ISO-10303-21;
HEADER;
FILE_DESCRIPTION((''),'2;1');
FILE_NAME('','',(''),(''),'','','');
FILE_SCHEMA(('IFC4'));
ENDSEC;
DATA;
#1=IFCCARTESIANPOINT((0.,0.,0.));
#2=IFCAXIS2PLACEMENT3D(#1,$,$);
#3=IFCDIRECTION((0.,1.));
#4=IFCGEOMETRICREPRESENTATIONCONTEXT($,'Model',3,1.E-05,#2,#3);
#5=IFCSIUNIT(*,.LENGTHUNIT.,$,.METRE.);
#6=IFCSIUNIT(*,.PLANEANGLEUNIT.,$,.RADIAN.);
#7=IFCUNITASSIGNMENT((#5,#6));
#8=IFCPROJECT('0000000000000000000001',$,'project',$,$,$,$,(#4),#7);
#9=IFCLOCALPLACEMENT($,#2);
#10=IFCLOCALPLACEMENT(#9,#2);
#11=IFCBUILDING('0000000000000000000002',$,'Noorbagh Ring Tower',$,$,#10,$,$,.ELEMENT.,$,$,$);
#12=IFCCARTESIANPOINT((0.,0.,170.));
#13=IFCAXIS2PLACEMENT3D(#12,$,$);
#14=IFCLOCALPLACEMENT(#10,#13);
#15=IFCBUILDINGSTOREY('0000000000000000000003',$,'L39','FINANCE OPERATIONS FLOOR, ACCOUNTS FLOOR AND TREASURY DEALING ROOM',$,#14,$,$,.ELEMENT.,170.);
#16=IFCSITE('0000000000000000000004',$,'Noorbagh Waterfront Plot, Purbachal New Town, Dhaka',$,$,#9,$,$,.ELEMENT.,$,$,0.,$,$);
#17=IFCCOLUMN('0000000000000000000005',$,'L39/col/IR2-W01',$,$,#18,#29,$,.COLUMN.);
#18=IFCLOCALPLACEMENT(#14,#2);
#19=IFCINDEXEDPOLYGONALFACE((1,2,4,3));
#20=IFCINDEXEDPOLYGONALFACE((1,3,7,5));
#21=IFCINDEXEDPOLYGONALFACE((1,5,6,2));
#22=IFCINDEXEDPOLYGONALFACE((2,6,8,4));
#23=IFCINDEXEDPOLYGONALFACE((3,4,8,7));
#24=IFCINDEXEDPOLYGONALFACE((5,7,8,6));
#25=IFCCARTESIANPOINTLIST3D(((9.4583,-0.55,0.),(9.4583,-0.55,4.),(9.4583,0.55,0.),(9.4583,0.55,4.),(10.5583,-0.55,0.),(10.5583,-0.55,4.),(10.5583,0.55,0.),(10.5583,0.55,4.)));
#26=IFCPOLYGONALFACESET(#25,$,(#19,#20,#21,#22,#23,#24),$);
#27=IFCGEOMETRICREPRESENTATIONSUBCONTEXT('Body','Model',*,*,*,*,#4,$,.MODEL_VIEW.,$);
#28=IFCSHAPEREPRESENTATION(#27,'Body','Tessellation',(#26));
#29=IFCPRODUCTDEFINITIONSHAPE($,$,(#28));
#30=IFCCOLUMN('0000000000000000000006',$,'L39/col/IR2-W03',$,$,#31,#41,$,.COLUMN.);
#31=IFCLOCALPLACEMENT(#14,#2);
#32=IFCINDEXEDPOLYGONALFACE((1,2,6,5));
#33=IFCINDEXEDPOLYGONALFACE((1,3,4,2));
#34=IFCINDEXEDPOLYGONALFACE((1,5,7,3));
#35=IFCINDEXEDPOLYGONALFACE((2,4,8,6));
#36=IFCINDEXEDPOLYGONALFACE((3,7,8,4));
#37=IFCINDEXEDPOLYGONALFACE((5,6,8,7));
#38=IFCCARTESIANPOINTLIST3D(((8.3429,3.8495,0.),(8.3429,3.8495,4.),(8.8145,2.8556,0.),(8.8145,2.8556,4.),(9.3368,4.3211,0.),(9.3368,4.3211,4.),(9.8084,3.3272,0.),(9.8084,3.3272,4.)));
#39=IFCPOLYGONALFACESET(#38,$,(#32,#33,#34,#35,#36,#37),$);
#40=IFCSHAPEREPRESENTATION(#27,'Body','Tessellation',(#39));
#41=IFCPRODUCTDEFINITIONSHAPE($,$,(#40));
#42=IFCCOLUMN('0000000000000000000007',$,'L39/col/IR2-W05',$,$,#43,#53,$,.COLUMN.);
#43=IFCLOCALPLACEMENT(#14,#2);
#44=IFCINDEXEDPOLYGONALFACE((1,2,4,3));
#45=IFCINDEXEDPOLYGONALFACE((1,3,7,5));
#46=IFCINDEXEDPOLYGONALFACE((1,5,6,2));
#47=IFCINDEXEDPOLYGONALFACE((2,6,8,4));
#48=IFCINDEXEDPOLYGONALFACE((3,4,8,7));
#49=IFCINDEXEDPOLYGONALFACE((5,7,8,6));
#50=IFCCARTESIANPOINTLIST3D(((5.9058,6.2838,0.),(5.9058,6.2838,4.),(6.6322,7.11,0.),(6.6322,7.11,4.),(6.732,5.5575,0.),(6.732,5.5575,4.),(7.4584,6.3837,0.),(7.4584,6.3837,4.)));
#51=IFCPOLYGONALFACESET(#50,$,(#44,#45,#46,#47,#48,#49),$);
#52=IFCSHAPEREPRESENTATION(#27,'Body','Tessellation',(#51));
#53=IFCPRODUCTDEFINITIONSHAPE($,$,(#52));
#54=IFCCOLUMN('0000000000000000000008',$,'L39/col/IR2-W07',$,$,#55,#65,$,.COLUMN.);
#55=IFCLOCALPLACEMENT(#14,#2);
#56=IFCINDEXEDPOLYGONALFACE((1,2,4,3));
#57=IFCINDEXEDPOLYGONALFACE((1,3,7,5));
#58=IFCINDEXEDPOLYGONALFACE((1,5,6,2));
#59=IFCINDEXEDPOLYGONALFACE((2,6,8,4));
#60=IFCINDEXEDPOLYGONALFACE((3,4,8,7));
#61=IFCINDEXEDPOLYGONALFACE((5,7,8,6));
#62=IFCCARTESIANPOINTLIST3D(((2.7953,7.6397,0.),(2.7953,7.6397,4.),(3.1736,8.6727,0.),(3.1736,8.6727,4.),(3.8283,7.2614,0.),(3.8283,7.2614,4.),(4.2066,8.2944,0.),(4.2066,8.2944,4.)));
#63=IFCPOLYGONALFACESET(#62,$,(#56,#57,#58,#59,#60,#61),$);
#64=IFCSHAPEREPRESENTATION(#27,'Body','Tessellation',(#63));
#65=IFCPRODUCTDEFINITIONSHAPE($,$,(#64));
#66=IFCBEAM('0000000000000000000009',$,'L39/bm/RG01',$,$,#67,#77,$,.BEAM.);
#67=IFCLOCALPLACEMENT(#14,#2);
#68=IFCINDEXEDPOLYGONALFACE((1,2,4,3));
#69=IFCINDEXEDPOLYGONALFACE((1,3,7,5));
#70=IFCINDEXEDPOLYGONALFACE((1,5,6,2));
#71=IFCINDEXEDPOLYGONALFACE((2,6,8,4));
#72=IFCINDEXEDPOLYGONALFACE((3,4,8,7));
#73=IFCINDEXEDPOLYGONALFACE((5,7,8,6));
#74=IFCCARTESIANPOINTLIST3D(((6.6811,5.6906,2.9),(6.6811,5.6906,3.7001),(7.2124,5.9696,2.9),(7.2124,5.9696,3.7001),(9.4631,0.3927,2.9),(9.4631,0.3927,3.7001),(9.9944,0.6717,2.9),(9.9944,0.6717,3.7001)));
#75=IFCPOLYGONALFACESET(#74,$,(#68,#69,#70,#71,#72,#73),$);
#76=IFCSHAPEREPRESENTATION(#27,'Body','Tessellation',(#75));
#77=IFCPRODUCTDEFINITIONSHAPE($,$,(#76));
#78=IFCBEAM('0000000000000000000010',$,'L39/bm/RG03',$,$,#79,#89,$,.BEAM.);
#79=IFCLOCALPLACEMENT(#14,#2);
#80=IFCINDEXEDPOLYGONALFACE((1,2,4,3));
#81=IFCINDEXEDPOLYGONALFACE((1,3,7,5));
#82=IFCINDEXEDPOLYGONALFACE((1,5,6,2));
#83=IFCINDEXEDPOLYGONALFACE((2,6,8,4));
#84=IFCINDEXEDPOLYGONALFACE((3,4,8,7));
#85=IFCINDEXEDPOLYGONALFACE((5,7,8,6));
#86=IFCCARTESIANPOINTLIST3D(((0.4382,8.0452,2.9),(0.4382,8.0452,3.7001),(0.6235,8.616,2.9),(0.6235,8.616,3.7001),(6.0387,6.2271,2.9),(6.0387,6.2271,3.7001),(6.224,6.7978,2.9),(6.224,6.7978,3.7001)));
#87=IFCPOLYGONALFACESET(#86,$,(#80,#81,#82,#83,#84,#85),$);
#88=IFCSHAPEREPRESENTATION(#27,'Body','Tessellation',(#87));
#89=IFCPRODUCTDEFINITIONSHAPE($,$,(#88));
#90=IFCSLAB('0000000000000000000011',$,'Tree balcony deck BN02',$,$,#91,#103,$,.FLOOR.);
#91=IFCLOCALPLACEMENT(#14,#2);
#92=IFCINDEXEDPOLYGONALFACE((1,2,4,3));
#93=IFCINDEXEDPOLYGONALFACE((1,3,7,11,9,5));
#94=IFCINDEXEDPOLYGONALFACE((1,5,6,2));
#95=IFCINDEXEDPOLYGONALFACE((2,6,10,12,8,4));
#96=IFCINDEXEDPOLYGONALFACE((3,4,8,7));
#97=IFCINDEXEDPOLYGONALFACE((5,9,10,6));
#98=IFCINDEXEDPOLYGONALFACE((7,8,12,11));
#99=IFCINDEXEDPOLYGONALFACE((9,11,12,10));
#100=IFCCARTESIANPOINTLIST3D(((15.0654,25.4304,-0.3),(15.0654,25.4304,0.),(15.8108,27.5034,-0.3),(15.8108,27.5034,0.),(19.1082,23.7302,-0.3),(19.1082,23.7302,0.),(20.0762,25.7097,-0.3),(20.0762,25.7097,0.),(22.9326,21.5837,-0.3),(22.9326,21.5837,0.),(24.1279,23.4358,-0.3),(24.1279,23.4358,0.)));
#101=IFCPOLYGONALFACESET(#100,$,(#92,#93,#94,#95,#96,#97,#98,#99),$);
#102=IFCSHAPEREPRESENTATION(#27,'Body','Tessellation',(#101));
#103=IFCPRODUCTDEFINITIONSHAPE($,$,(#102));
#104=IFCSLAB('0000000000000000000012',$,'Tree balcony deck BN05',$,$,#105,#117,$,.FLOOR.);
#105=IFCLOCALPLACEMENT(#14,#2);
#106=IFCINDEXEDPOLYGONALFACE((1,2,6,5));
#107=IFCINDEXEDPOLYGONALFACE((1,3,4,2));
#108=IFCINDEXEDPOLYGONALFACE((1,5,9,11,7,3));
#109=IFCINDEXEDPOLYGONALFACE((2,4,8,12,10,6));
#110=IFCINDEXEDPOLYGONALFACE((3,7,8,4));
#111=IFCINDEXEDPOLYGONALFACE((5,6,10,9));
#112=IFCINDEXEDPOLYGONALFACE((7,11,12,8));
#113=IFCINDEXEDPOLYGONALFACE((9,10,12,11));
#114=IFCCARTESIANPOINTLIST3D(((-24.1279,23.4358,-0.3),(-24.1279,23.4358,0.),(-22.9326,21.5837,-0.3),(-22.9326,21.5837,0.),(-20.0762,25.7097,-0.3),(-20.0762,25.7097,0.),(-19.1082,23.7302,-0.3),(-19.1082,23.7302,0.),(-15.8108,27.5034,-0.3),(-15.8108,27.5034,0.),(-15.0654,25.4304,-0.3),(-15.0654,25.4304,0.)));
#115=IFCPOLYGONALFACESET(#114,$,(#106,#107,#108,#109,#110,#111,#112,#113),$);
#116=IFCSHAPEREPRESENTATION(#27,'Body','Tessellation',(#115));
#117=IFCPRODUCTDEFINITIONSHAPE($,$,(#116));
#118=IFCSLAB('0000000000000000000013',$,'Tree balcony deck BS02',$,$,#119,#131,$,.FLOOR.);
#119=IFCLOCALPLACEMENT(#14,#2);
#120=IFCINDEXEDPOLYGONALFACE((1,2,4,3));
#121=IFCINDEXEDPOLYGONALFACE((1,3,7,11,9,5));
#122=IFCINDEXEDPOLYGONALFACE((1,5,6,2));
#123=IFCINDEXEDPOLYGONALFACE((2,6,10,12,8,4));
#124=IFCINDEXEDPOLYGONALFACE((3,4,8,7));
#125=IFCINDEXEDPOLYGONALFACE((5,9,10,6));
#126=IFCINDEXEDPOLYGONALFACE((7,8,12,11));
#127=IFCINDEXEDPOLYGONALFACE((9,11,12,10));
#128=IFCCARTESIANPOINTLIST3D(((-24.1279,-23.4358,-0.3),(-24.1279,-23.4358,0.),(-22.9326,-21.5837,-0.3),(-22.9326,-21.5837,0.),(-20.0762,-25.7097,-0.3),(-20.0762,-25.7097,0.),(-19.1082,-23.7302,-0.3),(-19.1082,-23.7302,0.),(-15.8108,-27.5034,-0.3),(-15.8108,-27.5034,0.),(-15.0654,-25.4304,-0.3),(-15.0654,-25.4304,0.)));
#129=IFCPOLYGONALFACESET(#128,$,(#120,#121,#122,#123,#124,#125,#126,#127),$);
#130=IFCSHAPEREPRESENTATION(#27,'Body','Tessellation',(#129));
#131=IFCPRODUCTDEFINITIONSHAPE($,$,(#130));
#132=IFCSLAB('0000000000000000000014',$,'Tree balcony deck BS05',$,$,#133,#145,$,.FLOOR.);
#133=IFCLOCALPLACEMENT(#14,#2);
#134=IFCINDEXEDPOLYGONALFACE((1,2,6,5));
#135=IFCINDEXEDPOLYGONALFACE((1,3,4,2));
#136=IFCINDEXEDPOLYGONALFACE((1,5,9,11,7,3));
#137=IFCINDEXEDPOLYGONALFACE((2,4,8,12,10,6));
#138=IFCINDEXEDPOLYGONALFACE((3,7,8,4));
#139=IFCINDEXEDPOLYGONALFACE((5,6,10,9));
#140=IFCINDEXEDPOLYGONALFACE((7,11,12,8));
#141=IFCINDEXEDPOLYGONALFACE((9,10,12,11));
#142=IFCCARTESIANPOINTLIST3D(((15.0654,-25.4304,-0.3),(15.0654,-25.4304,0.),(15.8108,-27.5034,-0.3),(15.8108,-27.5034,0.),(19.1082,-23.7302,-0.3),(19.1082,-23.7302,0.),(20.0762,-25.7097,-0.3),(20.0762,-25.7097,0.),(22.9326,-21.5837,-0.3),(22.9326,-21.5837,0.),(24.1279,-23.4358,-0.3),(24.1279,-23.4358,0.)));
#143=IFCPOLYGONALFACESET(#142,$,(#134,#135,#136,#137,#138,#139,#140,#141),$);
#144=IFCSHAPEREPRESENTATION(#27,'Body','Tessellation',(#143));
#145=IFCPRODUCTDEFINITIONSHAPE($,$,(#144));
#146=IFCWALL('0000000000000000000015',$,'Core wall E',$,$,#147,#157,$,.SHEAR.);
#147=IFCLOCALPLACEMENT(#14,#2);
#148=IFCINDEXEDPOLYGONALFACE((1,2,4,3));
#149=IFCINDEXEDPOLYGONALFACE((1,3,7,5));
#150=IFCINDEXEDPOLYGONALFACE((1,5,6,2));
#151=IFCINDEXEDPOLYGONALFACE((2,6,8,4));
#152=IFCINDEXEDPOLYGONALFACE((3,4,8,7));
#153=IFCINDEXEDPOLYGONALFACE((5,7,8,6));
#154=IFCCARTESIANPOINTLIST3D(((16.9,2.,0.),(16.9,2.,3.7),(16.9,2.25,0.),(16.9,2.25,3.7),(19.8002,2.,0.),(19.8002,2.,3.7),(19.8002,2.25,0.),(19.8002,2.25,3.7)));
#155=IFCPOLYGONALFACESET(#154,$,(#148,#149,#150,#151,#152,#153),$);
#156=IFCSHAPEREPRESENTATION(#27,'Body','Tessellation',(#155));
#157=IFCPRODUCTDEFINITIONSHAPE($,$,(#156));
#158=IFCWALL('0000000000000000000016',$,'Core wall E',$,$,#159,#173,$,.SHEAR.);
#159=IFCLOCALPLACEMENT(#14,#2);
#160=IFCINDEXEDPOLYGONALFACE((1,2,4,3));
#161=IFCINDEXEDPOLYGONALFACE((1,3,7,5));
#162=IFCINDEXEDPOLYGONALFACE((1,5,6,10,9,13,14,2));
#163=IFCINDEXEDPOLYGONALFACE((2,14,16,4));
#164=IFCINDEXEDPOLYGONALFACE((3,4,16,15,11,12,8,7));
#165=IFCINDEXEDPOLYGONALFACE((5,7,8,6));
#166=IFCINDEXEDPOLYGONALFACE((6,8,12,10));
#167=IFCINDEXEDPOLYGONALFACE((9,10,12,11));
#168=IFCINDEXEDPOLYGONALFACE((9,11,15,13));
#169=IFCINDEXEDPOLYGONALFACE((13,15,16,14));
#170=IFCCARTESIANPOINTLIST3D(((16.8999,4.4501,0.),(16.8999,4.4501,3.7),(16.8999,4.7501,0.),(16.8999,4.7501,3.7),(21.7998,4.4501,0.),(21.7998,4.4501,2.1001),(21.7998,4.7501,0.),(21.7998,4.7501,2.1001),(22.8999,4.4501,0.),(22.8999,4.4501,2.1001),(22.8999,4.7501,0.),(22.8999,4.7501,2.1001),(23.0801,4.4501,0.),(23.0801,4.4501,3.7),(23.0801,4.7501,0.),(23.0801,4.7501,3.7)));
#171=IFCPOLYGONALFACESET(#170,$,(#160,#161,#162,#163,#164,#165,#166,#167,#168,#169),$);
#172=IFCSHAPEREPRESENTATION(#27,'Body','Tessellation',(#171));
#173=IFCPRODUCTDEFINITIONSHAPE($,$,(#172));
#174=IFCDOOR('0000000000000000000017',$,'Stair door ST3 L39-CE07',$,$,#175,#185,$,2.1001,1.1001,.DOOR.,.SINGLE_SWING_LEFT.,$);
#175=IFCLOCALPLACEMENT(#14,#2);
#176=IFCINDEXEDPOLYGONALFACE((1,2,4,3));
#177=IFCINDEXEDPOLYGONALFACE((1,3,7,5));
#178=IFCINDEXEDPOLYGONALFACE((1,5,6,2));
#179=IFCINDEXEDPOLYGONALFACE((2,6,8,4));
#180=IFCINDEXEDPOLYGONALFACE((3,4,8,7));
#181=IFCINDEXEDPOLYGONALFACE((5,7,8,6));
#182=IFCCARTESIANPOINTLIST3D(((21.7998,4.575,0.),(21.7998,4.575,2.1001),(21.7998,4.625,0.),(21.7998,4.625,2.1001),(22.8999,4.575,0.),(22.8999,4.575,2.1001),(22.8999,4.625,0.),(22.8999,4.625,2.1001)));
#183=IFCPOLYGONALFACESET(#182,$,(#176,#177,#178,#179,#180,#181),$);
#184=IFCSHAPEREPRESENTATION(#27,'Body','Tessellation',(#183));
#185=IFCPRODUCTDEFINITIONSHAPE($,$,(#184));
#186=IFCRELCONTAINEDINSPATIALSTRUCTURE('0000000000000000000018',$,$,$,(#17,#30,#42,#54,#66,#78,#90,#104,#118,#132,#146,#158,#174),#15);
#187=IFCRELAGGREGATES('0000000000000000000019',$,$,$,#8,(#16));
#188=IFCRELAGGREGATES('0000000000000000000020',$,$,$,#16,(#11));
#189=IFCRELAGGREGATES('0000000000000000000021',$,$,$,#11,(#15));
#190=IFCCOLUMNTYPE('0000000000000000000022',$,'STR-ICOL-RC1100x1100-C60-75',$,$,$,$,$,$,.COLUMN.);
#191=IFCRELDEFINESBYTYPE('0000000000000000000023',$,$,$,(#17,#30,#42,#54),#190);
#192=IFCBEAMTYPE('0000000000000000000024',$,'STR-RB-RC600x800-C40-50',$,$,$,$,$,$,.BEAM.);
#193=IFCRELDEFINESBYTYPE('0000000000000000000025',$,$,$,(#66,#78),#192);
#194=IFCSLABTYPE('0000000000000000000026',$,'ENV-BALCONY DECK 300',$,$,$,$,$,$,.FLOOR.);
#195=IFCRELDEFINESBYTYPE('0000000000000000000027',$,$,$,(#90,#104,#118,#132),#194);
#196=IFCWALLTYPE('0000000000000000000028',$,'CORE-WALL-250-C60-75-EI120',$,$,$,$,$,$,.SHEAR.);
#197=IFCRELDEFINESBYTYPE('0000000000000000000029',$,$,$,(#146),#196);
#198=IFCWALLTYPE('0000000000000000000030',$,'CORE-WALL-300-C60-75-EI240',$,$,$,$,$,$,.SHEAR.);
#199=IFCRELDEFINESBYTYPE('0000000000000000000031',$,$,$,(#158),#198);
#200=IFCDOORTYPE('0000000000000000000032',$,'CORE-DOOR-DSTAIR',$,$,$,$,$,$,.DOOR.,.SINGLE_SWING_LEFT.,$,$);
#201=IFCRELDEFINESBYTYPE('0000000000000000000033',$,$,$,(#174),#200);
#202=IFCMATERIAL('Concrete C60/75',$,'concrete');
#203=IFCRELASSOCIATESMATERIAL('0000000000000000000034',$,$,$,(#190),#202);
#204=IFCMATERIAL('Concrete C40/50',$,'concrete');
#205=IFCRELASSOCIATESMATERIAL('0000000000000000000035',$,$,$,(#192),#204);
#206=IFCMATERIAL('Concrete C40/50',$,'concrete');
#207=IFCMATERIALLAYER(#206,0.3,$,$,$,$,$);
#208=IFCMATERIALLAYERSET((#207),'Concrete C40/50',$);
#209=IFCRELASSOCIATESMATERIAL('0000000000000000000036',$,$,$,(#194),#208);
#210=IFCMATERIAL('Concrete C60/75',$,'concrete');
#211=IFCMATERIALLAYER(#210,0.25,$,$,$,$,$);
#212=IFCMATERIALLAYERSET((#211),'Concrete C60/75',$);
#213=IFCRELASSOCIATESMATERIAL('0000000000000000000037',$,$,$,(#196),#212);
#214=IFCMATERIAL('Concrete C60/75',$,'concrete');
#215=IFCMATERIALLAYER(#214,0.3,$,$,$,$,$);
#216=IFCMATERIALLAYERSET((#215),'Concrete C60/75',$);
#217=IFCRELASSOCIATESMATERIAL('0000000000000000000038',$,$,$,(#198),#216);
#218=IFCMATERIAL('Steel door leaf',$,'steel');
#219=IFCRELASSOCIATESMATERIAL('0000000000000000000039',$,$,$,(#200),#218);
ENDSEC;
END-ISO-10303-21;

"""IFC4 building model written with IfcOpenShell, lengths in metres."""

from ifc_helpers import new_model, si_unit, direction, frame, frame_2d, origin, origin_2d, place, context, subcontext, project, spatial, polyline, rectangle, outline, extrude, material, layer, layer_set, material_profile, profile_set, type_object, element, fill, save


model = new_model("IFC4")

# Units and contexts
model_context = context("Model", 3, precision=1e-05, world=origin(), true_north=direction((0.0, 1.0)))
body_context = subcontext(model_context, "Body", "Model", "MODEL_VIEW")
ifc_project = project(units=[si_unit("LENGTHUNIT", "METRE"), si_unit("PLANEANGLEUNIT", "RADIAN")], contexts=[model_context])

# Site, building, storey
site_placement = place(None, origin())
site = spatial("IfcSite", under=ifc_project, at=site_placement, Name="Noorbagh Waterfront Plot, Purbachal New Town, Dhaka", CompositionType="ELEMENT", RefElevation=0.0)
building_placement = place(site_placement, origin())
building = spatial("IfcBuilding", under=site, at=building_placement, Name="Noorbagh Ring Tower", CompositionType="ELEMENT")
storey_placement = place(building_placement, frame((0.0, 0.0, 170.0)))
storey = spatial("IfcBuildingStorey", under=building, at=storey_placement, Name="L39", Description="FINANCE OPERATIONS FLOOR, ACCOUNTS FLOOR AND TREASURY DEALING ROOM", CompositionType="ELEMENT", Elevation=170.0)

# Columns
ifc_material_1 = material(Name="Concrete C60/75", Category="concrete")
ifc_material_profile_1 = material_profile(ifc_material_1, rectangle(XDim=1.1001, YDim=1.1001, at=origin_2d()), Name="RC1100x1100")
ifc_profile_set_1 = profile_set([ifc_material_profile_1], Name="Concrete C60/75")
column_type = type_object("IfcColumnType", Name="STR-ICOL-RC1100x1100-C60-75", PredefinedType="COLUMN", material=ifc_profile_set_1)
for number, where, z_axis, x_axis, name in (
    (1, (10.0083, 0.0, 0.0), (0.0, 0.0, 1.0), (0.0, 1.0, 0.0), "L39/col/IR2-W01"),
    (2, (9.0757, 3.5884, 0.0), (0.0, 0.0, 1.0), (-0.428667, 0.903463, 0.0), "L39/col/IR2-W03"),
    (3, (6.6821, 6.3337, 0.0), (0.0, 0.0, 1.0), (-0.751022, 0.660277, 0.0), "L39/col/IR2-W05"),
    (4, (3.501, 7.967, 0.0), (0.0, 0.0, 1.0), (-0.93902, 0.343864, 0.0), "L39/col/IR2-W07"),
):
    element("IfcColumn", number, at=place(storey_placement, frame(where, z_axis=z_axis, x_axis=x_axis)), inside=storey, type_object=column_type, Name=name, PredefinedType="COLUMN", context=body_context, shape_type="SweptSolid", body=[
        extrude(rectangle(XDim=1.1001, YDim=1.1001, at=origin_2d()), origin(), (0.0, 0.0, 1.0), 4.0),
    ])

# Beams
ifc_material_2 = material(Name="Concrete C40/50", Category="concrete")
ifc_material_profile_2 = material_profile(ifc_material_2, rectangle(XDim=0.6001, YDim=0.8, at=origin_2d()), Name="RC600x800")
ifc_profile_set_2 = profile_set([ifc_material_profile_2], Name="Concrete C40/50")
beam_type = type_object("IfcBeamType", Name="STR-RB-RC600x800-C40-50", PredefinedType="BEAM", material=ifc_profile_set_2)
beam_1_placement = place(storey_placement, frame((9.7288, 0.5322, 3.3), z_axis=(-0.464914, 0.885356, 0.0), x_axis=(-0.885356, -0.464914, 0.0)))
element("IfcBeam", 5, at=beam_1_placement, inside=storey, type_object=beam_type, Name="L39/bm/RG01", PredefinedType="BEAM", context=body_context, shape_type="SweptSolid", body=[
    extrude(rectangle(XDim=0.6001, YDim=0.8, at=origin_2d()), origin(), (0.0, 0.0, 1.0), 5.9839),
])
beam_2_placement = place(storey_placement, frame((6.1313, 6.5125, 3.3), z_axis=(-0.951134, 0.308779, 0.0), x_axis=(-0.308779, -0.951134, 0.0)))
element("IfcBeam", 6, at=beam_2_placement, inside=storey, type_object=beam_type, Name="L39/bm/RG03", PredefinedType="BEAM", context=body_context, shape_type="SweptSolid", body=[
    extrude(rectangle(XDim=0.6001, YDim=0.8, at=origin_2d()), origin(), (0.0, 0.0, 1.0), 5.8882),
])

# Slabs
ifc_material_3 = material(Name="Concrete C40/50", Category="concrete")
ifc_layer_1 = layer(ifc_material_3, 0.3)
ifc_layer_set_1 = layer_set([ifc_layer_1], Name="Concrete C40/50")
slab_type = type_object("IfcSlabType", Name="ENV-BALCONY DECK 300", PredefinedType="FLOOR", material=ifc_layer_set_1)
slab_1_placement = place(storey_placement, frame((0.0, 0.0, -0.3)))
element("IfcSlab", 7, at=slab_1_placement, inside=storey, type_object=slab_type, Name="Tree balcony deck BN02", PredefinedType="FLOOR", context=body_context, shape_type="SweptSolid", body=[
    extrude(outline(polyline([(24.1279, 23.4358), (20.0762, 25.7097), (15.8108, 27.5034), (15.0654, 25.4304), (19.1082, 23.7302), (22.9326, 21.5837), (24.1279, 23.4358)])), origin(), (0.0, 0.0, 1.0), 0.3),
])
slab_2_placement = place(storey_placement, frame((0.0, 0.0, -0.3)))
element("IfcSlab", 8, at=slab_2_placement, inside=storey, type_object=slab_type, Name="Tree balcony deck BN05", PredefinedType="FLOOR", context=body_context, shape_type="SweptSolid", body=[
    extrude(outline(polyline([(-15.8108, 27.5034), (-20.0762, 25.7097), (-24.1279, 23.4358), (-22.9326, 21.5837), (-19.1082, 23.7302), (-15.0654, 25.4304), (-15.8108, 27.5034)])), origin(), (0.0, 0.0, 1.0), 0.3),
])
slab_3_placement = place(storey_placement, frame((0.0, 0.0, -0.3)))
element("IfcSlab", 9, at=slab_3_placement, inside=storey, type_object=slab_type, Name="Tree balcony deck BS02", PredefinedType="FLOOR", context=body_context, shape_type="SweptSolid", body=[
    extrude(outline(polyline([(-24.1279, -23.4358), (-20.0762, -25.7097), (-15.8108, -27.5034), (-15.0654, -25.4304), (-19.1082, -23.7302), (-22.9326, -21.5837), (-24.1279, -23.4358)])), origin(), (0.0, 0.0, 1.0), 0.3),
])
slab_4_placement = place(storey_placement, frame((0.0, 0.0, -0.3)))
element("IfcSlab", 10, at=slab_4_placement, inside=storey, type_object=slab_type, Name="Tree balcony deck BS05", PredefinedType="FLOOR", context=body_context, shape_type="SweptSolid", body=[
    extrude(outline(polyline([(15.8108, -27.5034), (20.0762, -25.7097), (24.1279, -23.4358), (22.9326, -21.5837), (19.1082, -23.7302), (15.0654, -25.4304), (15.8108, -27.5034)])), origin(), (0.0, 0.0, 1.0), 0.3),
])

# Wall
ifc_material_4 = material(Name="Concrete C60/75", Category="concrete")
ifc_layer_2 = layer(ifc_material_4, 0.25)
ifc_layer_set_2 = layer_set([ifc_layer_2], Name="Concrete C60/75")
wall_type_1 = type_object("IfcWallType", Name="CORE-WALL-250-C60-75-EI120", PredefinedType="SHEAR", material=ifc_layer_set_2)
wall_1_placement = place(storey_placement, frame((16.8999, 2.125, 0.0), z_axis=(0.0, 0.0, 1.0), x_axis=(1.0, 0.0, 0.0)))
element("IfcWall", 11, at=wall_1_placement, inside=storey, type_object=wall_type_1, Name="Core wall E", PredefinedType="SHEAR", context=body_context, shape_type="SweptSolid", body=[
    extrude(rectangle(XDim=2.9001, YDim=0.25, at=frame_2d((1.4502, 0.0))), origin(), (0.0, 0.0, 1.0), 3.7),
])

# Wall, opening, door
ifc_material_5 = material(Name="Concrete C60/75", Category="concrete")
ifc_layer_3 = layer(ifc_material_5, 0.3)
ifc_layer_set_3 = layer_set([ifc_layer_3], Name="Concrete C60/75")
wall_type_2 = type_object("IfcWallType", Name="CORE-WALL-300-C60-75-EI240", PredefinedType="SHEAR", material=ifc_layer_set_3)
wall_2_placement = place(storey_placement, frame((16.8999, 4.6001, 0.0), z_axis=(0.0, 0.0, 1.0), x_axis=(1.0, 0.0, 0.0)))
wall_2 = element("IfcWall", 12, at=wall_2_placement, inside=storey, type_object=wall_type_2, Name="Core wall E", PredefinedType="SHEAR", context=body_context, shape_type="SweptSolid", body=[
    extrude(rectangle(XDim=6.1802, YDim=0.3, at=frame_2d((3.0901, 0.0))), origin(), (0.0, 0.0, 1.0), 3.7),
])
opening_1_placement = place(wall_2_placement, frame((4.8999, 0.0, 0.0)))
opening_1 = element("IfcOpeningElement", 13, at=opening_1_placement, cuts=wall_2, PredefinedType="OPENING", context=body_context, shape_type="SweptSolid", body=[
    extrude(rectangle(XDim=1.1001, YDim=2.1001, at=frame_2d((0.55, 1.05))), frame((0.0, 0.1602, 0.0), z_axis=(0.0, -1.0, 0.0), x_axis=(1.0, 0.0, 0.0)), (0.0, 0.0, 1.0), 0.3201),
])
ifc_material_6 = material(Name="Steel door leaf", Category="steel")
door_type_1 = type_object("IfcDoorType", Name="CORE-DOOR-DSTAIR", OperationType="SINGLE_SWING_LEFT", PredefinedType="DOOR", material=ifc_material_6)
door_1_placement = place(opening_1_placement, origin())
door_1 = element("IfcDoor", 14, at=door_1_placement, inside=storey, type_object=door_type_1, Name="Stair door ST3 L39-CE07", OperationType="SINGLE_SWING_LEFT", OverallHeight=2.1001, OverallWidth=1.1001, PredefinedType="DOOR", context=body_context, shape_type="SweptSolid", body=[
    extrude(rectangle(XDim=1.1001, YDim=2.1001, at=frame_2d((0.55, 1.05))), frame((0.0, 0.0249, 0.0), z_axis=(0.0, -1.0, 0.0), x_axis=(1.0, 0.0, 0.0)), (0.0, 0.0, 1.0), 0.05),
])
fill(opening_1, door_1)

save(model, "model.ifc")
